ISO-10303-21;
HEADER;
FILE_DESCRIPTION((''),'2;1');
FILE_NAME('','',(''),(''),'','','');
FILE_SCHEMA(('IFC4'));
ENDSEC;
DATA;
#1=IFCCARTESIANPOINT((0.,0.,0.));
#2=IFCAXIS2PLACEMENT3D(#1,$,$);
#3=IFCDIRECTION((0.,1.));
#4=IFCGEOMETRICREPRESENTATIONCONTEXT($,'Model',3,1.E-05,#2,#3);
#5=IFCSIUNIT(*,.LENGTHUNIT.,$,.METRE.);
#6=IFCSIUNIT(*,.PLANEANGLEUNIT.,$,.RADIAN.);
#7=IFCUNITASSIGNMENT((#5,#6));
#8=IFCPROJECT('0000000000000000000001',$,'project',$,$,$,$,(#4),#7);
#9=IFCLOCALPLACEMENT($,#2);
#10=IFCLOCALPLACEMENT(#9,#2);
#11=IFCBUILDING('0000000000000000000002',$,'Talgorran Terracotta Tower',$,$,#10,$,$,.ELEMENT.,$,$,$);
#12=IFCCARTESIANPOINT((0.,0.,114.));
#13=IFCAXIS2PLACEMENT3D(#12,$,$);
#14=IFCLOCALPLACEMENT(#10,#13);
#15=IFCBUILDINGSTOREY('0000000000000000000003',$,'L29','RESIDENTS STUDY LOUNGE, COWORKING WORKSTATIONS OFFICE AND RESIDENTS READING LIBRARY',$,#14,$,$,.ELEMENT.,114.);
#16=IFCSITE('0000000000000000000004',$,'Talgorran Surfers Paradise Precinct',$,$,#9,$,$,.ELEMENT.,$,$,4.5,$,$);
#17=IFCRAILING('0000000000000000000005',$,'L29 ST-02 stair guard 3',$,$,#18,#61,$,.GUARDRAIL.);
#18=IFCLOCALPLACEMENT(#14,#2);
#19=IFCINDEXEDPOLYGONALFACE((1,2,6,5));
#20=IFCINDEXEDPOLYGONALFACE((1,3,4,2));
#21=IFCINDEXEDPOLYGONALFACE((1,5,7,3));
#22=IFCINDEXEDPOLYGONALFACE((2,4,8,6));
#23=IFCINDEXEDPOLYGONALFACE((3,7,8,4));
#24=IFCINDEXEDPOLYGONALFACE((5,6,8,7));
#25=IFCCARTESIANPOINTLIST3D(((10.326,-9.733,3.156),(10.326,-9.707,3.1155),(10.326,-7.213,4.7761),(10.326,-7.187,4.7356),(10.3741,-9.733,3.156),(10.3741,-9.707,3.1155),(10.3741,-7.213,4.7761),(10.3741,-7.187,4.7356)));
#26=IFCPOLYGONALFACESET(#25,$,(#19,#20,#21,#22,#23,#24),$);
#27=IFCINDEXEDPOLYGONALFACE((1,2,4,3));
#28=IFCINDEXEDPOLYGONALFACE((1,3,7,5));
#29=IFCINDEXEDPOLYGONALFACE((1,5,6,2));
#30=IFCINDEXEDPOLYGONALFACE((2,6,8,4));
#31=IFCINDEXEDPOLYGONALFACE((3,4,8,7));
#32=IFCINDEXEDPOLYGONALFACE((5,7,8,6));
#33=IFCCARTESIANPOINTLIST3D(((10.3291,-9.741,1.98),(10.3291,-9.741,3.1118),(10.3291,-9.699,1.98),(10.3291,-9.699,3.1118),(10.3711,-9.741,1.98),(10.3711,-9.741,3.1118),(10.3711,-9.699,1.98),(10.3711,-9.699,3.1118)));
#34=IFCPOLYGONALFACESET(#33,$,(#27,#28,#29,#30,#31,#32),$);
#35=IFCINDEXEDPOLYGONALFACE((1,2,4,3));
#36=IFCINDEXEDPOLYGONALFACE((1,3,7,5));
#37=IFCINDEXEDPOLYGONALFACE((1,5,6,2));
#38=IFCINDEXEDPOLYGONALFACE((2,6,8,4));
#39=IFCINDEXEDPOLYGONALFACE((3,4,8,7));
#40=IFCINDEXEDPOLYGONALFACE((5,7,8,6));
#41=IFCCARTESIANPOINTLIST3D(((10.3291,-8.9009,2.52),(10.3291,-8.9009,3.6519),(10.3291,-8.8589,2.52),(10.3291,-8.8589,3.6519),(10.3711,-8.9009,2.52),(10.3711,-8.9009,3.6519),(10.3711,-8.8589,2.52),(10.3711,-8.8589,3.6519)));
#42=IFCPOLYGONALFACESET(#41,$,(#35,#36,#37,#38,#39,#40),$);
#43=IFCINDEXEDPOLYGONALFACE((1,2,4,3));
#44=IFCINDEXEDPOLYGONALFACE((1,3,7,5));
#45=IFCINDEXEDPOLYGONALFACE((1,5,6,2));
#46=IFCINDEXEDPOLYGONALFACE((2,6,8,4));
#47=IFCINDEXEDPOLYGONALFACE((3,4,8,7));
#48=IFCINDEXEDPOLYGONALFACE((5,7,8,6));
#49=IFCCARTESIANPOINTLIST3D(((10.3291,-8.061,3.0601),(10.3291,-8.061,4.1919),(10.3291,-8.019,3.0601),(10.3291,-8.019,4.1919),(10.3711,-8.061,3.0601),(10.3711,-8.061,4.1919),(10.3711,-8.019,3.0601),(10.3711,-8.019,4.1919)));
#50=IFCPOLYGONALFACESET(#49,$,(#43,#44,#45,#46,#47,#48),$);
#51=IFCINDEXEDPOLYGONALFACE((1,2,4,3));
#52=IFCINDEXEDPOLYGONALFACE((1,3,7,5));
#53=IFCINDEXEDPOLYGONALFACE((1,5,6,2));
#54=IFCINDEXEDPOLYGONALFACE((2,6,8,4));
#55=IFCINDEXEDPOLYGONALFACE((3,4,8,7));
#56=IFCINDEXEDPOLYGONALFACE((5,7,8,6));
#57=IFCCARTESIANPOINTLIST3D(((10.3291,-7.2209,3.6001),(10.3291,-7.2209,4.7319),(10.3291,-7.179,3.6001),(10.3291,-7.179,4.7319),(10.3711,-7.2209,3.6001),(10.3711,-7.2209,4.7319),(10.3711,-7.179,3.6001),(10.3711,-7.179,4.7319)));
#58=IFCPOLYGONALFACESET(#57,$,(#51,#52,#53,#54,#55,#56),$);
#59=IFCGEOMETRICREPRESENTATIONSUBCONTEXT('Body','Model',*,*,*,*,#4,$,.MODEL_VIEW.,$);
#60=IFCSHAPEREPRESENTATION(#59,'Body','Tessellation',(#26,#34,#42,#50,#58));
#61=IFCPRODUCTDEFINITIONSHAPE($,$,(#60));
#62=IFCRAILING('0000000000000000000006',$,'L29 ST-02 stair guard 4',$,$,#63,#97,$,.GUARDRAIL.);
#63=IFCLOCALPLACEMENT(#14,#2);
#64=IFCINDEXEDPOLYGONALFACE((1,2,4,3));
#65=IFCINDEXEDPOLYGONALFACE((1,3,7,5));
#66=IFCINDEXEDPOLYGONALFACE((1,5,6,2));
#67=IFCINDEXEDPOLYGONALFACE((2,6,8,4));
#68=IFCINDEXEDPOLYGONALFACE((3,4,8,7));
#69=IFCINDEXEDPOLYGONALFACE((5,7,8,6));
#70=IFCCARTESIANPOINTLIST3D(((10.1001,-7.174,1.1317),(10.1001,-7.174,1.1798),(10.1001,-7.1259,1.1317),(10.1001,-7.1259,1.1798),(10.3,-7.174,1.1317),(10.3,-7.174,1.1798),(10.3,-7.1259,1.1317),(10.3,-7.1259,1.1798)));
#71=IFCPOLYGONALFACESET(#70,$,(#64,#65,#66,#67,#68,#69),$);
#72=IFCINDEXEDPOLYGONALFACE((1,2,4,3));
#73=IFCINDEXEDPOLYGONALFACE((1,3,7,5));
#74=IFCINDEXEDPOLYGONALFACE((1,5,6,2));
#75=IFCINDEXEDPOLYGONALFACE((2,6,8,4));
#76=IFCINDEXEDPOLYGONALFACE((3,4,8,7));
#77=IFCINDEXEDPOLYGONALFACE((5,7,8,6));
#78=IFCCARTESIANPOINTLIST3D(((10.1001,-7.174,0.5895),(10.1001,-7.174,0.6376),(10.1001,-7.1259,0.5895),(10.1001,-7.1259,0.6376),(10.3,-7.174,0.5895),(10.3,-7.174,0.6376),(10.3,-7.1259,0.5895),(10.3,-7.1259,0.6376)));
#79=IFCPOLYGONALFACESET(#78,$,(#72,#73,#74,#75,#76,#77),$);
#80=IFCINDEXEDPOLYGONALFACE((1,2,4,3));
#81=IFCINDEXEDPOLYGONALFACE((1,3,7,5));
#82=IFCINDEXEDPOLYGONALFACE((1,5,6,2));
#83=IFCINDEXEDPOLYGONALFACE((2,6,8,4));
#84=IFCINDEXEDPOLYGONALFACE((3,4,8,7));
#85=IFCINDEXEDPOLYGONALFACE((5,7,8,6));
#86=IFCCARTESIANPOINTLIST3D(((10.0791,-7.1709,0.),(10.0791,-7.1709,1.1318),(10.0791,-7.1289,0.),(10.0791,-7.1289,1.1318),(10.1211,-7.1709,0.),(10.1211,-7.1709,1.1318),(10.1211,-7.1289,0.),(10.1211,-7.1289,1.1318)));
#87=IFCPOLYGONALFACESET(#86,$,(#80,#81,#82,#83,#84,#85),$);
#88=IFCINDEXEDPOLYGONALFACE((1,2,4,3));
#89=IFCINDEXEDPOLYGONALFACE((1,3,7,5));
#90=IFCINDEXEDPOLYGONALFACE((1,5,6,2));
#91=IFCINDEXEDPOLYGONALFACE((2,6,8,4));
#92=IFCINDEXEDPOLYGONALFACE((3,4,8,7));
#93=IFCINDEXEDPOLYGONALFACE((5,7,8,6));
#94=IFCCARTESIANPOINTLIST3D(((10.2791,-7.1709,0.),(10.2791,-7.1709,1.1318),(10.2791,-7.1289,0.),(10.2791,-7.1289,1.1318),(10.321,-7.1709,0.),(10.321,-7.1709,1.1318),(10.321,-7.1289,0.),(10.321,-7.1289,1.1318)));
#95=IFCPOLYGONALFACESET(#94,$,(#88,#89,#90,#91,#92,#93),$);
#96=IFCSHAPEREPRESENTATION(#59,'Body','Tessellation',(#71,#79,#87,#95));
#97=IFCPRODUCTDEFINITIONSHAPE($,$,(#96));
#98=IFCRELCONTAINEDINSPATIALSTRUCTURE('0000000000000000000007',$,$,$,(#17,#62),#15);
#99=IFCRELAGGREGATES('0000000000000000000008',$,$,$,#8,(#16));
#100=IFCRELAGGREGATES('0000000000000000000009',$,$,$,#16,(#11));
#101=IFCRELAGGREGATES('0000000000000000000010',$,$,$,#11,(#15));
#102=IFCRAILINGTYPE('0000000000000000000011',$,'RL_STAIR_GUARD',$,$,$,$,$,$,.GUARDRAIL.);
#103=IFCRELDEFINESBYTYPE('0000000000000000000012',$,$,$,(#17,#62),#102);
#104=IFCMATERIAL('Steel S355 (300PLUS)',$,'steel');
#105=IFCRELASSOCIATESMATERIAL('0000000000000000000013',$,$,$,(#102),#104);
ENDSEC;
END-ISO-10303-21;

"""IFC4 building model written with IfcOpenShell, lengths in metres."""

from ifc_helpers import new_model, si_unit, direction, frame, origin, origin_2d, place, context, subcontext, project, spatial, rectangle, extrude, material, type_object, element, save


model = new_model("IFC4")

# Units and contexts
model_context = context("Model", 3, precision=1e-05, world=origin(), true_north=direction((0.0, 1.0)))
body_context = subcontext(model_context, "Body", "Model", "MODEL_VIEW")
ifc_project = project(units=[si_unit("LENGTHUNIT", "METRE"), si_unit("PLANEANGLEUNIT", "RADIAN")], contexts=[model_context])

# Site, building, storey
site_placement = place(None, origin())
site = spatial("IfcSite", under=ifc_project, at=site_placement, Name="Talgorran Surfers Paradise Precinct", CompositionType="ELEMENT", RefElevation=4.5)
building_placement = place(site_placement, origin())
building = spatial("IfcBuilding", under=site, at=building_placement, Name="Talgorran Terracotta Tower", CompositionType="ELEMENT")
storey_placement = place(building_placement, frame((0.0, 0.0, 114.0)))
storey = spatial("IfcBuildingStorey", under=building, at=storey_placement, Name="L29", Description="RESIDENTS STUDY LOUNGE, COWORKING WORKSTATIONS OFFICE AND RESIDENTS READING LIBRARY", CompositionType="ELEMENT", Elevation=114.0)

# Shared definitions
ifc_material_1 = material(Name="Steel S355 (300PLUS)", Category="steel")

# Railings
railing_type_1 = type_object("IfcRailingType", Name="RL_STAIR_GUARD", PredefinedType="GUARDRAIL", material=ifc_material_1)
railing_1_placement = place(storey_placement, frame((10.3501, -9.72, 1.98)))
element("IfcRailing", 1, at=railing_1_placement, inside=storey, type_object=railing_type_1, Name="L29 ST-02 stair guard 3", PredefinedType="GUARDRAIL", context=body_context, shape_type="SweptSolid", body=[
    extrude(rectangle(XDim=0.0481, YDim=0.0481, at=origin_2d()), frame((0.0, 0.0, 1.1558), z_axis=(0.0, 0.841163, 0.540782), x_axis=(-1.0, 0.0, 0.0)), (0.0, 0.0, 1.0), 2.9958),
    extrude(rectangle(XDim=0.042, YDim=0.042, at=origin_2d()), origin(), (0.0, 0.0, 1.0), 1.1318),
    extrude(rectangle(XDim=0.042, YDim=0.042, at=origin_2d()), frame((0.0, 0.8401, 0.54)), (0.0, 0.0, 1.0), 1.1318),
    extrude(rectangle(XDim=0.042, YDim=0.042, at=origin_2d()), frame((0.0, 1.6799, 1.0801)), (0.0, 0.0, 1.0), 1.1318),
    extrude(rectangle(XDim=0.042, YDim=0.042, at=origin_2d()), frame((0.0, 2.52, 1.6201)), (0.0, 0.0, 1.0), 1.1318),
])
railing_2_placement = place(storey_placement, frame((10.1001, -7.1499, 0.0)))
element("IfcRailing", 2, at=railing_2_placement, inside=storey, type_object=railing_type_1, Name="L29 ST-02 stair guard 4", PredefinedType="GUARDRAIL", context=body_context, shape_type="SweptSolid", body=[
    extrude(rectangle(XDim=0.0481, YDim=0.0481, at=origin_2d()), frame((0.0, 0.0, 1.1558), z_axis=(1.0, 0.0, 0.0), x_axis=(0.0, 1.0, 0.0)), (0.0, 0.0, 1.0), 0.2),
    extrude(rectangle(XDim=0.0481, YDim=0.0481, at=origin_2d()), frame((0.0, 0.0, 0.6135), z_axis=(1.0, 0.0, 0.0), x_axis=(0.0, 1.0, 0.0)), (0.0, 0.0, 1.0), 0.2),
    extrude(rectangle(XDim=0.042, YDim=0.042, at=origin_2d()), origin(), (0.0, 0.0, 1.0), 1.1318),
    extrude(rectangle(XDim=0.042, YDim=0.042, at=origin_2d()), frame((0.2, 0.0, 0.0)), (0.0, 0.0, 1.0), 1.1318),
])

save(model, "model.ifc")
